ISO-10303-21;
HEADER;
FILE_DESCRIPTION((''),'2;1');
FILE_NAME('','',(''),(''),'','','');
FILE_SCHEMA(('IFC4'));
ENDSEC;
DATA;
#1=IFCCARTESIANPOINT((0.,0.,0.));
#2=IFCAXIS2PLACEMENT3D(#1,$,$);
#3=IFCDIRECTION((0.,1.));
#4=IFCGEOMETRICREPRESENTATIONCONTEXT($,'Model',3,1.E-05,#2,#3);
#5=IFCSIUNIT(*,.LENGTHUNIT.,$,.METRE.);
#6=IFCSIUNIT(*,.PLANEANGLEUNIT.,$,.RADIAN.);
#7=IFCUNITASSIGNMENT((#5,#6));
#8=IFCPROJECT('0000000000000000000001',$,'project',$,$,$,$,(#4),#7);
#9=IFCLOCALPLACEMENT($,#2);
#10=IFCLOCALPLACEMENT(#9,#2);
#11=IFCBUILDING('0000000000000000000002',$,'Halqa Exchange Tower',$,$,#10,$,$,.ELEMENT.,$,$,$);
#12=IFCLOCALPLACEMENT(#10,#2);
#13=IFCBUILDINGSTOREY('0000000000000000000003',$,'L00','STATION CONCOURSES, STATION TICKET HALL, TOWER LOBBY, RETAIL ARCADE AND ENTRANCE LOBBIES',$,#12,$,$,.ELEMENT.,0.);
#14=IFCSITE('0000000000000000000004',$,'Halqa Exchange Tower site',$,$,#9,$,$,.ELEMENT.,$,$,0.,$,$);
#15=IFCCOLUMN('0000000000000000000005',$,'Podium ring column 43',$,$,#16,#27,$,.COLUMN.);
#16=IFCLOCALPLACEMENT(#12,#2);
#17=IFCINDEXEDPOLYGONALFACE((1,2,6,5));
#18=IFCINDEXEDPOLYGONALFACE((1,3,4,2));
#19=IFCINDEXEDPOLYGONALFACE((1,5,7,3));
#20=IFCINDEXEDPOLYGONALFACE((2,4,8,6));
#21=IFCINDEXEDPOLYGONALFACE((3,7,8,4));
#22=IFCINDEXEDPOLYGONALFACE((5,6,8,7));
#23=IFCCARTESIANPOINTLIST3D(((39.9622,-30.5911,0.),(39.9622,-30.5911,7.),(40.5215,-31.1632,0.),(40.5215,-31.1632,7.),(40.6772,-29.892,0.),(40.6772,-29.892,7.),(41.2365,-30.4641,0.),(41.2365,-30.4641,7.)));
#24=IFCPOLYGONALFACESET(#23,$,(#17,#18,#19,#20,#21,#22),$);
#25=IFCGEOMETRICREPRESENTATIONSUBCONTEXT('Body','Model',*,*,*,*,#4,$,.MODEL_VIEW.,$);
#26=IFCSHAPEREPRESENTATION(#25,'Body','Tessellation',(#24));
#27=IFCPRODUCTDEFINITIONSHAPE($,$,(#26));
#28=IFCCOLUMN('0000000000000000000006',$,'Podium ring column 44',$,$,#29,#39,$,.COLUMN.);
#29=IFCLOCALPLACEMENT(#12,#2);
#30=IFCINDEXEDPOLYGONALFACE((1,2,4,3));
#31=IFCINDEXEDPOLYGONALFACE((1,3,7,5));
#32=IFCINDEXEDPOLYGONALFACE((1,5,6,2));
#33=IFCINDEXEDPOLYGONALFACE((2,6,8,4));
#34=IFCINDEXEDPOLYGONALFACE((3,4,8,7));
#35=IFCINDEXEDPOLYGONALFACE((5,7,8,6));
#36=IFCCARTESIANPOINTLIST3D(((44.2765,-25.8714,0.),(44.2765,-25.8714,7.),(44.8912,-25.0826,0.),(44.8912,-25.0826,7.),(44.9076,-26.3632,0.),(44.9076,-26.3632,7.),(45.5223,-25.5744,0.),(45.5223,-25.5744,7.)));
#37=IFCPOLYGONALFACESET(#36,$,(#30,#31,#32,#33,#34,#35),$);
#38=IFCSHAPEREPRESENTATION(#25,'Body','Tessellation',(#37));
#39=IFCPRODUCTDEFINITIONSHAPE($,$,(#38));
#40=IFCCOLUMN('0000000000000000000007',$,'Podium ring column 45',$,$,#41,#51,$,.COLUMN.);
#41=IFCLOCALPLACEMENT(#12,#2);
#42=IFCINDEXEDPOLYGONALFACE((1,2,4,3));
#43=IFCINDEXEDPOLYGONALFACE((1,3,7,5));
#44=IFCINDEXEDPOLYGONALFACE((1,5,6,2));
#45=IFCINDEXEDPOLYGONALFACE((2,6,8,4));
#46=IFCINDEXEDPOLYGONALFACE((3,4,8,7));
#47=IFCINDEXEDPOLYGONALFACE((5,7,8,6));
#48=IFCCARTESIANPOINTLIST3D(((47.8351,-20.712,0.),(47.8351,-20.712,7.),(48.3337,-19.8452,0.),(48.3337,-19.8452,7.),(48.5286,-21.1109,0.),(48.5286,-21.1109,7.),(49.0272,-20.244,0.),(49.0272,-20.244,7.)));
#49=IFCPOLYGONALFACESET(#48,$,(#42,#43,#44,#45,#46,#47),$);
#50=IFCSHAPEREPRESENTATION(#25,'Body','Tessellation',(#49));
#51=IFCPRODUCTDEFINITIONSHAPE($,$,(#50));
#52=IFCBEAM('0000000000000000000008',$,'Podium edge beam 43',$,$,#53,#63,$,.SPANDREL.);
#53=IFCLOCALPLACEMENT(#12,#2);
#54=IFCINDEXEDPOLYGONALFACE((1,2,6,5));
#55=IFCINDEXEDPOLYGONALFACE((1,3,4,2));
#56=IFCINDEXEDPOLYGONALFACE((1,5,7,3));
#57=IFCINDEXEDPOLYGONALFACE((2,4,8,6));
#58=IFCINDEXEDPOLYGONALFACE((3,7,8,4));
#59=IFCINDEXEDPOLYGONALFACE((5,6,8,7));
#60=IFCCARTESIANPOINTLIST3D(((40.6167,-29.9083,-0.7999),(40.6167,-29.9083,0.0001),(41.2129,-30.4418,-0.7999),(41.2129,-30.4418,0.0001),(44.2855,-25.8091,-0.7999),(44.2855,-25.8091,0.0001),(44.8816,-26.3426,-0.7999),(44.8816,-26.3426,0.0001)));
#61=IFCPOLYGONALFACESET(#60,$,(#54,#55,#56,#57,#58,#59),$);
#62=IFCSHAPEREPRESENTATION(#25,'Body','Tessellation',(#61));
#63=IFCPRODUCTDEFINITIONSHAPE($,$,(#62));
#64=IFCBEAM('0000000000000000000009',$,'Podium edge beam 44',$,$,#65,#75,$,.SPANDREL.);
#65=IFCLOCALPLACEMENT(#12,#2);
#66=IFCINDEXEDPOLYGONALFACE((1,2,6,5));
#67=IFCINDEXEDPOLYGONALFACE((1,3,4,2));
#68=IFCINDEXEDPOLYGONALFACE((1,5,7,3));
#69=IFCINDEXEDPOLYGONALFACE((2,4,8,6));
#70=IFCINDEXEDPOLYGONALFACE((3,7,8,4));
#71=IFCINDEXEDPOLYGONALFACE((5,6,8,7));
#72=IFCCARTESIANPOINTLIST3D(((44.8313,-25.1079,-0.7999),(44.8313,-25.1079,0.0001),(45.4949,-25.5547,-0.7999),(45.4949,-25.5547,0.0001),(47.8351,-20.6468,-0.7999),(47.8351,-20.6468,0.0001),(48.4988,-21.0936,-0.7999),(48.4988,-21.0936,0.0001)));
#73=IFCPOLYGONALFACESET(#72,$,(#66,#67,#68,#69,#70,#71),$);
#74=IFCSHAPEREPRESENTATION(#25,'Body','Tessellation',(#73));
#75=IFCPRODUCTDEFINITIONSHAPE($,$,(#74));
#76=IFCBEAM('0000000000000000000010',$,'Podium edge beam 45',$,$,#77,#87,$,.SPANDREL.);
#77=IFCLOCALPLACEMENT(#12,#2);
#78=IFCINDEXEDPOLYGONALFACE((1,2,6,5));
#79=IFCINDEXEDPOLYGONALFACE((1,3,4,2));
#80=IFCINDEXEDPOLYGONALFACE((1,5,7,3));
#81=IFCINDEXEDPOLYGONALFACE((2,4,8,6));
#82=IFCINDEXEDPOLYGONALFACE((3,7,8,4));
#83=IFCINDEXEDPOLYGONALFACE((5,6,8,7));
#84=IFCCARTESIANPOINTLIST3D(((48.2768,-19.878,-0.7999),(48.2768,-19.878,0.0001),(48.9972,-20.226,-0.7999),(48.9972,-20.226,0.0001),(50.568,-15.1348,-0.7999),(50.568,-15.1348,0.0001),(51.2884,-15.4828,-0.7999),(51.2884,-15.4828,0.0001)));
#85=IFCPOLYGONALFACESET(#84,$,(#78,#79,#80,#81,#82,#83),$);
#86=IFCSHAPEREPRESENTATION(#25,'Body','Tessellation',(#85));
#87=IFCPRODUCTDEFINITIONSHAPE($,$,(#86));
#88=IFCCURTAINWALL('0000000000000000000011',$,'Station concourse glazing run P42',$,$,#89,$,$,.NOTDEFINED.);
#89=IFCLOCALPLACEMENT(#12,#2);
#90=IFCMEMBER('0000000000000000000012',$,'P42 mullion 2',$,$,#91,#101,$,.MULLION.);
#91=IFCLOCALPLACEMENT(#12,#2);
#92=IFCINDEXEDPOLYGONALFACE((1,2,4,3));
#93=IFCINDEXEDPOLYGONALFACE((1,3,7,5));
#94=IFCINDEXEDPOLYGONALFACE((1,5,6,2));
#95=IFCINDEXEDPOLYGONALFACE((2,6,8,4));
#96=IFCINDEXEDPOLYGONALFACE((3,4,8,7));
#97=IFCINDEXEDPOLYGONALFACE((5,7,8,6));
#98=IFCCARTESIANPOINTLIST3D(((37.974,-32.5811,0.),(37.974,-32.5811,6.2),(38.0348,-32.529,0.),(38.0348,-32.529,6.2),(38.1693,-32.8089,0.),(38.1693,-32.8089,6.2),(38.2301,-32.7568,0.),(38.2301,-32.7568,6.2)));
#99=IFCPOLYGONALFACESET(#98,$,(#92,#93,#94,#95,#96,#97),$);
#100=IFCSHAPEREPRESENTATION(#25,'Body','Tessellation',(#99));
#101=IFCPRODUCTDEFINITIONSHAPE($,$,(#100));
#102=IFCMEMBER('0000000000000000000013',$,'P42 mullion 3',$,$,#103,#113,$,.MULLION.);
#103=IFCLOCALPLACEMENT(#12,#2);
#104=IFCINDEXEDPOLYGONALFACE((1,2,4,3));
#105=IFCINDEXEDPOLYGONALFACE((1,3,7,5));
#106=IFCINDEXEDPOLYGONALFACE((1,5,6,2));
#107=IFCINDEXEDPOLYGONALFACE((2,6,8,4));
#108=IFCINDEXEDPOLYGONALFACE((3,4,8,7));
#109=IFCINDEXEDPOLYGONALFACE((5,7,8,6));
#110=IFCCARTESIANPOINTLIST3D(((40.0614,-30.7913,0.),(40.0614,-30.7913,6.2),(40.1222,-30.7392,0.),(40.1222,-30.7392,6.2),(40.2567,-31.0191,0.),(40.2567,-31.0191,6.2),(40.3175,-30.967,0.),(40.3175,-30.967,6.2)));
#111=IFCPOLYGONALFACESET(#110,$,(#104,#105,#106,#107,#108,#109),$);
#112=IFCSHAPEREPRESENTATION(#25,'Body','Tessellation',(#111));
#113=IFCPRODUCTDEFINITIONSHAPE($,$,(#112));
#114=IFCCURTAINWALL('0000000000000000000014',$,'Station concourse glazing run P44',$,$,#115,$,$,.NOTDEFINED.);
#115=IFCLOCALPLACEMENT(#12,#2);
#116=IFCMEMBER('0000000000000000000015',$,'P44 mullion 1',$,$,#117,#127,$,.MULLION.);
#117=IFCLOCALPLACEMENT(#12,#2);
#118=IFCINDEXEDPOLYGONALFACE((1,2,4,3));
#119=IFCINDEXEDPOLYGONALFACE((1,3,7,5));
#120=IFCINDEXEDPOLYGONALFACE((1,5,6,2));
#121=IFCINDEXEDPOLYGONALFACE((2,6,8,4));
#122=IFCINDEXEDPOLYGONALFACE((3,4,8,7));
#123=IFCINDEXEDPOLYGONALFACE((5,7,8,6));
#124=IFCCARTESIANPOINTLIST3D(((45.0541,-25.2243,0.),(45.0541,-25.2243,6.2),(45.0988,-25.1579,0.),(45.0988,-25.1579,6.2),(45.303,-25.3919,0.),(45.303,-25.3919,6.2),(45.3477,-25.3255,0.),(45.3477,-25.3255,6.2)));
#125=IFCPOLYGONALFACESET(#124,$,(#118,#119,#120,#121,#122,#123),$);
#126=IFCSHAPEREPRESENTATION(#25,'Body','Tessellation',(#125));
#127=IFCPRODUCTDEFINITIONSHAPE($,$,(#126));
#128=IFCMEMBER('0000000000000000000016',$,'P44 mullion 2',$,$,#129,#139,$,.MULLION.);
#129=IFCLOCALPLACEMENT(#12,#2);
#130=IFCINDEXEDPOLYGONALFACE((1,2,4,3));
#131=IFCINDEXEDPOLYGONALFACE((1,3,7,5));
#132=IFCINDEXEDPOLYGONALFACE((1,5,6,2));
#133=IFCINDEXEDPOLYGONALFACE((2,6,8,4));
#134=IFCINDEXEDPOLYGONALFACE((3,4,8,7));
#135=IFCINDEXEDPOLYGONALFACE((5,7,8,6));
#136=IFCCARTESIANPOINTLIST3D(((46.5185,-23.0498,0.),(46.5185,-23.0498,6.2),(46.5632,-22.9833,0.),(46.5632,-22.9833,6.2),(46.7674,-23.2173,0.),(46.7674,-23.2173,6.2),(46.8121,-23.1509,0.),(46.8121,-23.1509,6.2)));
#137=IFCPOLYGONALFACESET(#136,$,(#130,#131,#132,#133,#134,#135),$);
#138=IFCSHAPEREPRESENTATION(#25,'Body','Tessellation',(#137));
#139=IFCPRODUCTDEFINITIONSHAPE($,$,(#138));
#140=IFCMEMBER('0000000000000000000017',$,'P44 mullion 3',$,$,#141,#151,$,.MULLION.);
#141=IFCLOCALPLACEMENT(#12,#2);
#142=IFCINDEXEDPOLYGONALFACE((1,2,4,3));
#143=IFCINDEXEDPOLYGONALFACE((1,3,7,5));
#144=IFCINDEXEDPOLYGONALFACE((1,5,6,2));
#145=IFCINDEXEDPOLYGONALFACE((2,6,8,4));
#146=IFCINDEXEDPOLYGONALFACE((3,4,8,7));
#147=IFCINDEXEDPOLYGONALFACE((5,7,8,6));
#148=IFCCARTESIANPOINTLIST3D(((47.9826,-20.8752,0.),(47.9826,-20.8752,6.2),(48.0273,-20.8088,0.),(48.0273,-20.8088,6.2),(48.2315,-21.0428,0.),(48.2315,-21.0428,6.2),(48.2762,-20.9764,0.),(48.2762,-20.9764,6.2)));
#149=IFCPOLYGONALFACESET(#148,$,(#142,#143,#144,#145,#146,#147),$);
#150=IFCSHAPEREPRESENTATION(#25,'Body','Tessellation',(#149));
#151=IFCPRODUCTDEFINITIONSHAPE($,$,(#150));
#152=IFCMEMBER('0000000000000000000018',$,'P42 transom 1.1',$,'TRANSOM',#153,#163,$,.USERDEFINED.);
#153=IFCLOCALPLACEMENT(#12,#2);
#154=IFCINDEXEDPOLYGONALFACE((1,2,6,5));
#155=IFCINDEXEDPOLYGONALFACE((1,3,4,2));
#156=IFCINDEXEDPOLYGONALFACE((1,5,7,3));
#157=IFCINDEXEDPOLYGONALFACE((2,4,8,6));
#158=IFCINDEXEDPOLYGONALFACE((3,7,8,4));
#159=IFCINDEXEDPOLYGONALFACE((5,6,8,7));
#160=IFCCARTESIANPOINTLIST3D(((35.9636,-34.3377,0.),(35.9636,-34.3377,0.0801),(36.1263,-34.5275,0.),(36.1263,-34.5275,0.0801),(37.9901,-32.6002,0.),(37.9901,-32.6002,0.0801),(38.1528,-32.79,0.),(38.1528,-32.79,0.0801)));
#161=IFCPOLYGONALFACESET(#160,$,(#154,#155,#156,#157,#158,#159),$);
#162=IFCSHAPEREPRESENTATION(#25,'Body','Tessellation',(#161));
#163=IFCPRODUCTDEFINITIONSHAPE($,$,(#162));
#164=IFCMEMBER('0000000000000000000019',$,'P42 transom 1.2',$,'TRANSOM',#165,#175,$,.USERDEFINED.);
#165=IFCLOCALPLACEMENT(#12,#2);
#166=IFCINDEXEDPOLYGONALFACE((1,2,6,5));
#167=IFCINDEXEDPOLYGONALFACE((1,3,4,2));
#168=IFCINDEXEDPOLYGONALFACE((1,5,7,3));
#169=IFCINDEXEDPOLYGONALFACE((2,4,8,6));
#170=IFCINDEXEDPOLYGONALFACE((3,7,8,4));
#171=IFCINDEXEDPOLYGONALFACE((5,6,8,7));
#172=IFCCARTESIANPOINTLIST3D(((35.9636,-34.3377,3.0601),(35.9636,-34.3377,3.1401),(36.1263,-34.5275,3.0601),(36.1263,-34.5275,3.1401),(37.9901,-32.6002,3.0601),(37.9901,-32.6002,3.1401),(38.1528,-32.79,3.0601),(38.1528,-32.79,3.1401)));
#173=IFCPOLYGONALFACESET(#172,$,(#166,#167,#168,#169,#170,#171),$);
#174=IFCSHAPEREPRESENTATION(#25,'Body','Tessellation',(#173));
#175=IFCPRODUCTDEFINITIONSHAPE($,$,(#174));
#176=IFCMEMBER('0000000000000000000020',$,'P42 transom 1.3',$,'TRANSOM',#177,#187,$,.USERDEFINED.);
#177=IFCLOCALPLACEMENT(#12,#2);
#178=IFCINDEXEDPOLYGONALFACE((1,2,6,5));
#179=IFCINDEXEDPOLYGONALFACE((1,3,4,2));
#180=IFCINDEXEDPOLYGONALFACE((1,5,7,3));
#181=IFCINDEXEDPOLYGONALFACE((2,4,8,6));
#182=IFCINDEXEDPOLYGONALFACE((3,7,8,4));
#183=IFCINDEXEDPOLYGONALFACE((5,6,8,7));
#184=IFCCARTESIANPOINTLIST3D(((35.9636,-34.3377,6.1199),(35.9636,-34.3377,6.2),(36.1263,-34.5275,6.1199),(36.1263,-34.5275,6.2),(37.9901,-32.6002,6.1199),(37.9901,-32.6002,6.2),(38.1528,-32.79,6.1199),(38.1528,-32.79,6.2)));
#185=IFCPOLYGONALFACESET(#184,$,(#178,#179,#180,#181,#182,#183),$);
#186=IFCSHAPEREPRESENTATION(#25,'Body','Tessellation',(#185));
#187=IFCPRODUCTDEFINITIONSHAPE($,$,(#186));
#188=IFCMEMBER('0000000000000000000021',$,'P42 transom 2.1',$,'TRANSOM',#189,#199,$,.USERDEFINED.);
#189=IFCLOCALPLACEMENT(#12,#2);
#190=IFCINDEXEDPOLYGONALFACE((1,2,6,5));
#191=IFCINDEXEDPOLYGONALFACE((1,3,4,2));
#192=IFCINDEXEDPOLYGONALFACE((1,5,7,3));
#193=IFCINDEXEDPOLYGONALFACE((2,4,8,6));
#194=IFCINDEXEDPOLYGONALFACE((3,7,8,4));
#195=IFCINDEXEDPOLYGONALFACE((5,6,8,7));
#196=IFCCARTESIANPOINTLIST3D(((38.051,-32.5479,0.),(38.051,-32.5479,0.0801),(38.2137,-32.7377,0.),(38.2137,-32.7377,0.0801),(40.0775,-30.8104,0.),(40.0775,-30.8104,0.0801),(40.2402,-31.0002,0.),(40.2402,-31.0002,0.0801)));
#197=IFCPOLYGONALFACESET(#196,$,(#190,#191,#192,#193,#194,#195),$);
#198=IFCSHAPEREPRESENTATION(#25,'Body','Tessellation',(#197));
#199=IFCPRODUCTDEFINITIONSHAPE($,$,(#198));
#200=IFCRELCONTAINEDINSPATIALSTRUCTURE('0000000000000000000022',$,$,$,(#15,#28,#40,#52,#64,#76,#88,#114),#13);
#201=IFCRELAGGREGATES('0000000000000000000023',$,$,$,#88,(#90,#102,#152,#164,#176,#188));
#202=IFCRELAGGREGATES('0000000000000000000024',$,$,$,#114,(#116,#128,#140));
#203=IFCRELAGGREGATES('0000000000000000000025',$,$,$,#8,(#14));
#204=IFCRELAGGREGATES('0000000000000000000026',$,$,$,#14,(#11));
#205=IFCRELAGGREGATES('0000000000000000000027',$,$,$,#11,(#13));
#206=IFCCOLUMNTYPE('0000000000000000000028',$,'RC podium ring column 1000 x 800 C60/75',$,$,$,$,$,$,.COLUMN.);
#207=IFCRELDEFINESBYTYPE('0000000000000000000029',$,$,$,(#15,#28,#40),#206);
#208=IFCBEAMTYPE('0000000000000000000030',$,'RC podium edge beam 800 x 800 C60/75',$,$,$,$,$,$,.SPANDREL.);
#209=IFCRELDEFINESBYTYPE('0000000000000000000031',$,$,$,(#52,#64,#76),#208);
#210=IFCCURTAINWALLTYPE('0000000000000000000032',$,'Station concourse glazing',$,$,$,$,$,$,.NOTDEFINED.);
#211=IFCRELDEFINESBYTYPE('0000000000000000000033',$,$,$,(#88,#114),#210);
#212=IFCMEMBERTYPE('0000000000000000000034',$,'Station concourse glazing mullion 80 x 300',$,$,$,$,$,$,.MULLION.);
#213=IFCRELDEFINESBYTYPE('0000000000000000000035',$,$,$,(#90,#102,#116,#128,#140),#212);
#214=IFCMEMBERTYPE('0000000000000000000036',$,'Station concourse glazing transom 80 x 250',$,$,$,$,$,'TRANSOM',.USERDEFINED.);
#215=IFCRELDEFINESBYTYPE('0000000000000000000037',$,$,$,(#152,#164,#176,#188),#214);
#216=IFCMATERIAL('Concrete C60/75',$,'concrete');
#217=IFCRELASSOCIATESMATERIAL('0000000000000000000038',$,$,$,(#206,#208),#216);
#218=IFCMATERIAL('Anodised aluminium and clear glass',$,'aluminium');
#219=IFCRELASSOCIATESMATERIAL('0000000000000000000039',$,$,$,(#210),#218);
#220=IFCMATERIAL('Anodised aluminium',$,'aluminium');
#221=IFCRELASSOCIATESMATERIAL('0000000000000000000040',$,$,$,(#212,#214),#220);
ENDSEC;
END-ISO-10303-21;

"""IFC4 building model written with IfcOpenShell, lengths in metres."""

from ifc_helpers import new_model, si_unit, direction, frame, origin, origin_2d, place, context, subcontext, project, spatial, rectangle, extrude, material, material_profile, profile_set, type_object, element, aggregate, save


model = new_model("IFC4")

# Units and contexts
model_context = context("Model", 3, precision=1e-05, world=origin(), true_north=direction((0.0, 1.0)))
body_context = subcontext(model_context, "Body", "Model", "MODEL_VIEW")
ifc_project = project(units=[si_unit("LENGTHUNIT", "METRE"), si_unit("PLANEANGLEUNIT", "RADIAN")], contexts=[model_context])

# Site, building, storey
site_placement = place(None, origin())
site = spatial("IfcSite", under=ifc_project, at=site_placement, Name="Halqa Exchange Tower site", CompositionType="ELEMENT", RefElevation=0.0)
building_placement = place(site_placement, origin())
building = spatial("IfcBuilding", under=site, at=building_placement, Name="Halqa Exchange Tower", CompositionType="ELEMENT")
storey_placement = place(building_placement, origin())
storey = spatial("IfcBuildingStorey", under=building, at=storey_placement, Name="L00", Description="STATION CONCOURSES, STATION TICKET HALL, TOWER LOBBY, RETAIL ARCADE AND ENTRANCE LOBBIES", CompositionType="ELEMENT", Elevation=0.0)

# Columns
ifc_material_1 = material(Name="Concrete C60/75", Category="concrete")
ifc_material_profile_1 = material_profile(ifc_material_1, rectangle(XDim=1.0, YDim=0.8, at=origin_2d()), Name="1000 x 800")
ifc_profile_set_1 = profile_set([ifc_material_profile_1], Name="Concrete C60/75")
column_type = type_object("IfcColumnType", Name="RC podium ring column 1000 x 800 C60/75", PredefinedType="COLUMN", material=ifc_profile_set_1)
for number, where, z_axis, x_axis, name in (
    (1, (40.5994, -30.5276, 0.0), (0.0, 0.0, 1.0), (0.715039, 0.699085, 0.0), "Podium ring column 43"),
    (2, (44.8994, -25.7229, 0.0), (0.0, 0.0, 1.0), (0.614691, 0.788768, 0.0), "Podium ring column 44"),
    (3, (48.4312, -20.478, 0.0), (0.0, 0.0, 1.0), (0.498569, 0.86685, 0.0), "Podium ring column 45"),
):
    element("IfcColumn", number, at=place(storey_placement, frame(where, z_axis=z_axis, x_axis=x_axis)), inside=storey, type_object=column_type, Name=name, PredefinedType="COLUMN", context=body_context, shape_type="SweptSolid", body=[
        extrude(rectangle(XDim=1.0, YDim=0.8, at=origin_2d()), origin(), (0.0, 0.0, 1.0), 7.0),
    ])

# Beams
ifc_material_profile_2 = material_profile(ifc_material_1, rectangle(XDim=0.8, YDim=0.8, at=origin_2d()), Name="800 x 800")
ifc_profile_set_2 = profile_set([ifc_material_profile_2], Name="Concrete C60/75")
beam_type = type_object("IfcBeamType", Name="RC podium edge beam 800 x 800 C60/75", PredefinedType="SPANDREL", material=ifc_profile_set_2)
beam_1_placement = place(storey_placement, frame((40.9148, -30.175, -0.3999), z_axis=(0.666903, 0.745145, 0.0), x_axis=(-0.745145, 0.666903, 0.0)))
element("IfcBeam", 4, at=beam_1_placement, inside=storey, type_object=beam_type, Name="Podium edge beam 43", PredefinedType="SPANDREL", context=body_context, shape_type="SweptSolid", body=[
    extrude(rectangle(XDim=0.8, YDim=0.8, at=origin_2d()), origin(), (0.0, 0.0, 1.0), 5.5012),
])
beam_2_placement = place(storey_placement, frame((45.1631, -25.3313, -0.3999), z_axis=(0.558528, 0.829485, 0.0), x_axis=(-0.829485, 0.558528, 0.0)))
element("IfcBeam", 5, at=beam_2_placement, inside=storey, type_object=beam_type, Name="Podium edge beam 44", PredefinedType="SPANDREL", context=body_context, shape_type="SweptSolid", body=[
    extrude(rectangle(XDim=0.8, YDim=0.8, at=origin_2d()), origin(), (0.0, 0.0, 1.0), 5.3782),
])
beam_3_placement = place(storey_placement, frame((48.637, -20.052, -0.3999), z_axis=(0.434973, 0.900443, 0.0), x_axis=(-0.900443, 0.434973, 0.0)))
element("IfcBeam", 6, at=beam_3_placement, inside=storey, type_object=beam_type, Name="Podium edge beam 45", PredefinedType="SPANDREL", context=body_context, shape_type="SweptSolid", body=[
    extrude(rectangle(XDim=0.8, YDim=0.8, at=origin_2d()), origin(), (0.0, 0.0, 1.0), 5.2676),
])

# Curtain walls, members
ifc_material_2 = material(Name="Anodised aluminium and clear glass", Category="aluminium")
curtain_wall_type = type_object("IfcCurtainWallType", Name="Station concourse glazing", PredefinedType="NOTDEFINED", material=ifc_material_2)
curtain_wall_1_placement = place(storey_placement, origin())
curtain_wall_1 = element("IfcCurtainWall", 7, at=curtain_wall_1_placement, inside=storey, type_object=curtain_wall_type, Name="Station concourse glazing run P42", PredefinedType="NOTDEFINED")
ifc_material_3 = material(Name="Anodised aluminium", Category="aluminium")
ifc_material_profile_3 = material_profile(ifc_material_3, rectangle(XDim=0.3, YDim=0.0801, at=origin_2d()), Name="AL 80x300")
ifc_profile_set_3 = profile_set([ifc_material_profile_3], Name="Anodised aluminium")
member_type_1 = type_object("IfcMemberType", Name="Station concourse glazing mullion 80 x 300", PredefinedType="MULLION", material=ifc_profile_set_3)
member_1_placement = place(storey_placement, frame((38.1021, -32.6689, 0.0), z_axis=(0.0, 0.0, 1.0), x_axis=(-0.650911, 0.759154, 0.0)))
member_1 = element("IfcMember", 8, at=member_1_placement, type_object=member_type_1, Name="P42 mullion 2", PredefinedType="MULLION", context=body_context, shape_type="SweptSolid", body=[
    extrude(rectangle(XDim=0.3, YDim=0.0801, at=origin_2d()), origin(), (0.0, 0.0, 1.0), 6.2),
])
member_2_placement = place(storey_placement, frame((40.1895, -30.8792, 0.0), z_axis=(0.0, 0.0, 1.0), x_axis=(-0.650911, 0.759154, 0.0)))
member_2 = element("IfcMember", 9, at=member_2_placement, type_object=member_type_1, Name="P42 mullion 3", PredefinedType="MULLION", context=body_context, shape_type="SweptSolid", body=[
    extrude(rectangle(XDim=0.3, YDim=0.0801, at=origin_2d()), origin(), (0.0, 0.0, 1.0), 6.2),
])
curtain_wall_2_placement = place(storey_placement, origin())
curtain_wall_2 = element("IfcCurtainWall", 10, at=curtain_wall_2_placement, inside=storey, type_object=curtain_wall_type, Name="Station concourse glazing run P44", PredefinedType="NOTDEFINED")
member_3_placement = place(storey_placement, frame((45.2009, -25.2749, 0.0), z_axis=(0.0, 0.0, 1.0), x_axis=(-0.82949, 0.558522, 0.0)))
member_3 = element("IfcMember", 11, at=member_3_placement, type_object=member_type_1, Name="P44 mullion 1", PredefinedType="MULLION", context=body_context, shape_type="SweptSolid", body=[
    extrude(rectangle(XDim=0.3, YDim=0.0801, at=origin_2d()), origin(), (0.0, 0.0, 1.0), 6.2),
])
member_4_placement = place(storey_placement, frame((46.6653, -23.1003, 0.0), z_axis=(0.0, 0.0, 1.0), x_axis=(-0.82949, 0.558522, 0.0)))
member_4 = element("IfcMember", 12, at=member_4_placement, type_object=member_type_1, Name="P44 mullion 2", PredefinedType="MULLION", context=body_context, shape_type="SweptSolid", body=[
    extrude(rectangle(XDim=0.3, YDim=0.0801, at=origin_2d()), origin(), (0.0, 0.0, 1.0), 6.2),
])
member_5_placement = place(storey_placement, frame((48.1294, -20.9258, 0.0), z_axis=(0.0, 0.0, 1.0), x_axis=(-0.82949, 0.558522, 0.0)))
member_5 = element("IfcMember", 13, at=member_5_placement, type_object=member_type_1, Name="P44 mullion 3", PredefinedType="MULLION", context=body_context, shape_type="SweptSolid", body=[
    extrude(rectangle(XDim=0.3, YDim=0.0801, at=origin_2d()), origin(), (0.0, 0.0, 1.0), 6.2),
])

# Members
ifc_material_profile_4 = material_profile(ifc_material_3, rectangle(XDim=0.25, YDim=0.0801, at=origin_2d()), Name="AL 80x250")
ifc_profile_set_4 = profile_set([ifc_material_profile_4], Name="Anodised aluminium")
member_type_2 = type_object("IfcMemberType", Name="Station concourse glazing transom 80 x 250", ElementType="TRANSOM", PredefinedType="USERDEFINED", material=ifc_profile_set_4)
member_6_placement = place(storey_placement, frame((36.0449, -34.4326, 0.04), z_axis=(0.759173, 0.650889, 0.0), x_axis=(-0.650889, 0.759173, 0.0)))
member_6 = element("IfcMember", 14, at=member_6_placement, type_object=member_type_2, Name="P42 transom 1.1", ObjectType="TRANSOM", PredefinedType="USERDEFINED", context=body_context, shape_type="SweptSolid", body=[
    extrude(rectangle(XDim=0.25, YDim=0.0801, at=origin_2d()), origin(), (0.0, 0.0, 1.0), 2.6694),
])
member_7_placement = place(storey_placement, frame((36.0449, -34.4326, 3.1001), z_axis=(0.759173, 0.650889, 0.0), x_axis=(-0.650889, 0.759173, 0.0)))
member_7 = element("IfcMember", 15, at=member_7_placement, type_object=member_type_2, Name="P42 transom 1.2", ObjectType="TRANSOM", PredefinedType="USERDEFINED", context=body_context, shape_type="SweptSolid", body=[
    extrude(rectangle(XDim=0.25, YDim=0.0801, at=origin_2d()), origin(), (0.0, 0.0, 1.0), 2.6694),
])
member_8_placement = place(storey_placement, frame((36.0449, -34.4326, 6.1599), z_axis=(0.759173, 0.650889, 0.0), x_axis=(-0.650889, 0.759173, 0.0)))
member_8 = element("IfcMember", 16, at=member_8_placement, type_object=member_type_2, Name="P42 transom 1.3", ObjectType="TRANSOM", PredefinedType="USERDEFINED", context=body_context, shape_type="SweptSolid", body=[
    extrude(rectangle(XDim=0.25, YDim=0.0801, at=origin_2d()), origin(), (0.0, 0.0, 1.0), 2.6694),
])
member_9_placement = place(storey_placement, frame((38.1323, -32.6428, 0.04), z_axis=(0.759173, 0.650889, 0.0), x_axis=(-0.650889, 0.759173, 0.0)))
member_9 = element("IfcMember", 17, at=member_9_placement, type_object=member_type_2, Name="P42 transom 2.1", ObjectType="TRANSOM", PredefinedType="USERDEFINED", context=body_context, shape_type="SweptSolid", body=[
    extrude(rectangle(XDim=0.25, YDim=0.0801, at=origin_2d()), origin(), (0.0, 0.0, 1.0), 2.6694),
])

aggregate(curtain_wall_1, [member_1, member_2, member_6, member_7, member_8, member_9])
aggregate(curtain_wall_2, [member_3, member_4, member_5])

save(model, "model.ifc")
